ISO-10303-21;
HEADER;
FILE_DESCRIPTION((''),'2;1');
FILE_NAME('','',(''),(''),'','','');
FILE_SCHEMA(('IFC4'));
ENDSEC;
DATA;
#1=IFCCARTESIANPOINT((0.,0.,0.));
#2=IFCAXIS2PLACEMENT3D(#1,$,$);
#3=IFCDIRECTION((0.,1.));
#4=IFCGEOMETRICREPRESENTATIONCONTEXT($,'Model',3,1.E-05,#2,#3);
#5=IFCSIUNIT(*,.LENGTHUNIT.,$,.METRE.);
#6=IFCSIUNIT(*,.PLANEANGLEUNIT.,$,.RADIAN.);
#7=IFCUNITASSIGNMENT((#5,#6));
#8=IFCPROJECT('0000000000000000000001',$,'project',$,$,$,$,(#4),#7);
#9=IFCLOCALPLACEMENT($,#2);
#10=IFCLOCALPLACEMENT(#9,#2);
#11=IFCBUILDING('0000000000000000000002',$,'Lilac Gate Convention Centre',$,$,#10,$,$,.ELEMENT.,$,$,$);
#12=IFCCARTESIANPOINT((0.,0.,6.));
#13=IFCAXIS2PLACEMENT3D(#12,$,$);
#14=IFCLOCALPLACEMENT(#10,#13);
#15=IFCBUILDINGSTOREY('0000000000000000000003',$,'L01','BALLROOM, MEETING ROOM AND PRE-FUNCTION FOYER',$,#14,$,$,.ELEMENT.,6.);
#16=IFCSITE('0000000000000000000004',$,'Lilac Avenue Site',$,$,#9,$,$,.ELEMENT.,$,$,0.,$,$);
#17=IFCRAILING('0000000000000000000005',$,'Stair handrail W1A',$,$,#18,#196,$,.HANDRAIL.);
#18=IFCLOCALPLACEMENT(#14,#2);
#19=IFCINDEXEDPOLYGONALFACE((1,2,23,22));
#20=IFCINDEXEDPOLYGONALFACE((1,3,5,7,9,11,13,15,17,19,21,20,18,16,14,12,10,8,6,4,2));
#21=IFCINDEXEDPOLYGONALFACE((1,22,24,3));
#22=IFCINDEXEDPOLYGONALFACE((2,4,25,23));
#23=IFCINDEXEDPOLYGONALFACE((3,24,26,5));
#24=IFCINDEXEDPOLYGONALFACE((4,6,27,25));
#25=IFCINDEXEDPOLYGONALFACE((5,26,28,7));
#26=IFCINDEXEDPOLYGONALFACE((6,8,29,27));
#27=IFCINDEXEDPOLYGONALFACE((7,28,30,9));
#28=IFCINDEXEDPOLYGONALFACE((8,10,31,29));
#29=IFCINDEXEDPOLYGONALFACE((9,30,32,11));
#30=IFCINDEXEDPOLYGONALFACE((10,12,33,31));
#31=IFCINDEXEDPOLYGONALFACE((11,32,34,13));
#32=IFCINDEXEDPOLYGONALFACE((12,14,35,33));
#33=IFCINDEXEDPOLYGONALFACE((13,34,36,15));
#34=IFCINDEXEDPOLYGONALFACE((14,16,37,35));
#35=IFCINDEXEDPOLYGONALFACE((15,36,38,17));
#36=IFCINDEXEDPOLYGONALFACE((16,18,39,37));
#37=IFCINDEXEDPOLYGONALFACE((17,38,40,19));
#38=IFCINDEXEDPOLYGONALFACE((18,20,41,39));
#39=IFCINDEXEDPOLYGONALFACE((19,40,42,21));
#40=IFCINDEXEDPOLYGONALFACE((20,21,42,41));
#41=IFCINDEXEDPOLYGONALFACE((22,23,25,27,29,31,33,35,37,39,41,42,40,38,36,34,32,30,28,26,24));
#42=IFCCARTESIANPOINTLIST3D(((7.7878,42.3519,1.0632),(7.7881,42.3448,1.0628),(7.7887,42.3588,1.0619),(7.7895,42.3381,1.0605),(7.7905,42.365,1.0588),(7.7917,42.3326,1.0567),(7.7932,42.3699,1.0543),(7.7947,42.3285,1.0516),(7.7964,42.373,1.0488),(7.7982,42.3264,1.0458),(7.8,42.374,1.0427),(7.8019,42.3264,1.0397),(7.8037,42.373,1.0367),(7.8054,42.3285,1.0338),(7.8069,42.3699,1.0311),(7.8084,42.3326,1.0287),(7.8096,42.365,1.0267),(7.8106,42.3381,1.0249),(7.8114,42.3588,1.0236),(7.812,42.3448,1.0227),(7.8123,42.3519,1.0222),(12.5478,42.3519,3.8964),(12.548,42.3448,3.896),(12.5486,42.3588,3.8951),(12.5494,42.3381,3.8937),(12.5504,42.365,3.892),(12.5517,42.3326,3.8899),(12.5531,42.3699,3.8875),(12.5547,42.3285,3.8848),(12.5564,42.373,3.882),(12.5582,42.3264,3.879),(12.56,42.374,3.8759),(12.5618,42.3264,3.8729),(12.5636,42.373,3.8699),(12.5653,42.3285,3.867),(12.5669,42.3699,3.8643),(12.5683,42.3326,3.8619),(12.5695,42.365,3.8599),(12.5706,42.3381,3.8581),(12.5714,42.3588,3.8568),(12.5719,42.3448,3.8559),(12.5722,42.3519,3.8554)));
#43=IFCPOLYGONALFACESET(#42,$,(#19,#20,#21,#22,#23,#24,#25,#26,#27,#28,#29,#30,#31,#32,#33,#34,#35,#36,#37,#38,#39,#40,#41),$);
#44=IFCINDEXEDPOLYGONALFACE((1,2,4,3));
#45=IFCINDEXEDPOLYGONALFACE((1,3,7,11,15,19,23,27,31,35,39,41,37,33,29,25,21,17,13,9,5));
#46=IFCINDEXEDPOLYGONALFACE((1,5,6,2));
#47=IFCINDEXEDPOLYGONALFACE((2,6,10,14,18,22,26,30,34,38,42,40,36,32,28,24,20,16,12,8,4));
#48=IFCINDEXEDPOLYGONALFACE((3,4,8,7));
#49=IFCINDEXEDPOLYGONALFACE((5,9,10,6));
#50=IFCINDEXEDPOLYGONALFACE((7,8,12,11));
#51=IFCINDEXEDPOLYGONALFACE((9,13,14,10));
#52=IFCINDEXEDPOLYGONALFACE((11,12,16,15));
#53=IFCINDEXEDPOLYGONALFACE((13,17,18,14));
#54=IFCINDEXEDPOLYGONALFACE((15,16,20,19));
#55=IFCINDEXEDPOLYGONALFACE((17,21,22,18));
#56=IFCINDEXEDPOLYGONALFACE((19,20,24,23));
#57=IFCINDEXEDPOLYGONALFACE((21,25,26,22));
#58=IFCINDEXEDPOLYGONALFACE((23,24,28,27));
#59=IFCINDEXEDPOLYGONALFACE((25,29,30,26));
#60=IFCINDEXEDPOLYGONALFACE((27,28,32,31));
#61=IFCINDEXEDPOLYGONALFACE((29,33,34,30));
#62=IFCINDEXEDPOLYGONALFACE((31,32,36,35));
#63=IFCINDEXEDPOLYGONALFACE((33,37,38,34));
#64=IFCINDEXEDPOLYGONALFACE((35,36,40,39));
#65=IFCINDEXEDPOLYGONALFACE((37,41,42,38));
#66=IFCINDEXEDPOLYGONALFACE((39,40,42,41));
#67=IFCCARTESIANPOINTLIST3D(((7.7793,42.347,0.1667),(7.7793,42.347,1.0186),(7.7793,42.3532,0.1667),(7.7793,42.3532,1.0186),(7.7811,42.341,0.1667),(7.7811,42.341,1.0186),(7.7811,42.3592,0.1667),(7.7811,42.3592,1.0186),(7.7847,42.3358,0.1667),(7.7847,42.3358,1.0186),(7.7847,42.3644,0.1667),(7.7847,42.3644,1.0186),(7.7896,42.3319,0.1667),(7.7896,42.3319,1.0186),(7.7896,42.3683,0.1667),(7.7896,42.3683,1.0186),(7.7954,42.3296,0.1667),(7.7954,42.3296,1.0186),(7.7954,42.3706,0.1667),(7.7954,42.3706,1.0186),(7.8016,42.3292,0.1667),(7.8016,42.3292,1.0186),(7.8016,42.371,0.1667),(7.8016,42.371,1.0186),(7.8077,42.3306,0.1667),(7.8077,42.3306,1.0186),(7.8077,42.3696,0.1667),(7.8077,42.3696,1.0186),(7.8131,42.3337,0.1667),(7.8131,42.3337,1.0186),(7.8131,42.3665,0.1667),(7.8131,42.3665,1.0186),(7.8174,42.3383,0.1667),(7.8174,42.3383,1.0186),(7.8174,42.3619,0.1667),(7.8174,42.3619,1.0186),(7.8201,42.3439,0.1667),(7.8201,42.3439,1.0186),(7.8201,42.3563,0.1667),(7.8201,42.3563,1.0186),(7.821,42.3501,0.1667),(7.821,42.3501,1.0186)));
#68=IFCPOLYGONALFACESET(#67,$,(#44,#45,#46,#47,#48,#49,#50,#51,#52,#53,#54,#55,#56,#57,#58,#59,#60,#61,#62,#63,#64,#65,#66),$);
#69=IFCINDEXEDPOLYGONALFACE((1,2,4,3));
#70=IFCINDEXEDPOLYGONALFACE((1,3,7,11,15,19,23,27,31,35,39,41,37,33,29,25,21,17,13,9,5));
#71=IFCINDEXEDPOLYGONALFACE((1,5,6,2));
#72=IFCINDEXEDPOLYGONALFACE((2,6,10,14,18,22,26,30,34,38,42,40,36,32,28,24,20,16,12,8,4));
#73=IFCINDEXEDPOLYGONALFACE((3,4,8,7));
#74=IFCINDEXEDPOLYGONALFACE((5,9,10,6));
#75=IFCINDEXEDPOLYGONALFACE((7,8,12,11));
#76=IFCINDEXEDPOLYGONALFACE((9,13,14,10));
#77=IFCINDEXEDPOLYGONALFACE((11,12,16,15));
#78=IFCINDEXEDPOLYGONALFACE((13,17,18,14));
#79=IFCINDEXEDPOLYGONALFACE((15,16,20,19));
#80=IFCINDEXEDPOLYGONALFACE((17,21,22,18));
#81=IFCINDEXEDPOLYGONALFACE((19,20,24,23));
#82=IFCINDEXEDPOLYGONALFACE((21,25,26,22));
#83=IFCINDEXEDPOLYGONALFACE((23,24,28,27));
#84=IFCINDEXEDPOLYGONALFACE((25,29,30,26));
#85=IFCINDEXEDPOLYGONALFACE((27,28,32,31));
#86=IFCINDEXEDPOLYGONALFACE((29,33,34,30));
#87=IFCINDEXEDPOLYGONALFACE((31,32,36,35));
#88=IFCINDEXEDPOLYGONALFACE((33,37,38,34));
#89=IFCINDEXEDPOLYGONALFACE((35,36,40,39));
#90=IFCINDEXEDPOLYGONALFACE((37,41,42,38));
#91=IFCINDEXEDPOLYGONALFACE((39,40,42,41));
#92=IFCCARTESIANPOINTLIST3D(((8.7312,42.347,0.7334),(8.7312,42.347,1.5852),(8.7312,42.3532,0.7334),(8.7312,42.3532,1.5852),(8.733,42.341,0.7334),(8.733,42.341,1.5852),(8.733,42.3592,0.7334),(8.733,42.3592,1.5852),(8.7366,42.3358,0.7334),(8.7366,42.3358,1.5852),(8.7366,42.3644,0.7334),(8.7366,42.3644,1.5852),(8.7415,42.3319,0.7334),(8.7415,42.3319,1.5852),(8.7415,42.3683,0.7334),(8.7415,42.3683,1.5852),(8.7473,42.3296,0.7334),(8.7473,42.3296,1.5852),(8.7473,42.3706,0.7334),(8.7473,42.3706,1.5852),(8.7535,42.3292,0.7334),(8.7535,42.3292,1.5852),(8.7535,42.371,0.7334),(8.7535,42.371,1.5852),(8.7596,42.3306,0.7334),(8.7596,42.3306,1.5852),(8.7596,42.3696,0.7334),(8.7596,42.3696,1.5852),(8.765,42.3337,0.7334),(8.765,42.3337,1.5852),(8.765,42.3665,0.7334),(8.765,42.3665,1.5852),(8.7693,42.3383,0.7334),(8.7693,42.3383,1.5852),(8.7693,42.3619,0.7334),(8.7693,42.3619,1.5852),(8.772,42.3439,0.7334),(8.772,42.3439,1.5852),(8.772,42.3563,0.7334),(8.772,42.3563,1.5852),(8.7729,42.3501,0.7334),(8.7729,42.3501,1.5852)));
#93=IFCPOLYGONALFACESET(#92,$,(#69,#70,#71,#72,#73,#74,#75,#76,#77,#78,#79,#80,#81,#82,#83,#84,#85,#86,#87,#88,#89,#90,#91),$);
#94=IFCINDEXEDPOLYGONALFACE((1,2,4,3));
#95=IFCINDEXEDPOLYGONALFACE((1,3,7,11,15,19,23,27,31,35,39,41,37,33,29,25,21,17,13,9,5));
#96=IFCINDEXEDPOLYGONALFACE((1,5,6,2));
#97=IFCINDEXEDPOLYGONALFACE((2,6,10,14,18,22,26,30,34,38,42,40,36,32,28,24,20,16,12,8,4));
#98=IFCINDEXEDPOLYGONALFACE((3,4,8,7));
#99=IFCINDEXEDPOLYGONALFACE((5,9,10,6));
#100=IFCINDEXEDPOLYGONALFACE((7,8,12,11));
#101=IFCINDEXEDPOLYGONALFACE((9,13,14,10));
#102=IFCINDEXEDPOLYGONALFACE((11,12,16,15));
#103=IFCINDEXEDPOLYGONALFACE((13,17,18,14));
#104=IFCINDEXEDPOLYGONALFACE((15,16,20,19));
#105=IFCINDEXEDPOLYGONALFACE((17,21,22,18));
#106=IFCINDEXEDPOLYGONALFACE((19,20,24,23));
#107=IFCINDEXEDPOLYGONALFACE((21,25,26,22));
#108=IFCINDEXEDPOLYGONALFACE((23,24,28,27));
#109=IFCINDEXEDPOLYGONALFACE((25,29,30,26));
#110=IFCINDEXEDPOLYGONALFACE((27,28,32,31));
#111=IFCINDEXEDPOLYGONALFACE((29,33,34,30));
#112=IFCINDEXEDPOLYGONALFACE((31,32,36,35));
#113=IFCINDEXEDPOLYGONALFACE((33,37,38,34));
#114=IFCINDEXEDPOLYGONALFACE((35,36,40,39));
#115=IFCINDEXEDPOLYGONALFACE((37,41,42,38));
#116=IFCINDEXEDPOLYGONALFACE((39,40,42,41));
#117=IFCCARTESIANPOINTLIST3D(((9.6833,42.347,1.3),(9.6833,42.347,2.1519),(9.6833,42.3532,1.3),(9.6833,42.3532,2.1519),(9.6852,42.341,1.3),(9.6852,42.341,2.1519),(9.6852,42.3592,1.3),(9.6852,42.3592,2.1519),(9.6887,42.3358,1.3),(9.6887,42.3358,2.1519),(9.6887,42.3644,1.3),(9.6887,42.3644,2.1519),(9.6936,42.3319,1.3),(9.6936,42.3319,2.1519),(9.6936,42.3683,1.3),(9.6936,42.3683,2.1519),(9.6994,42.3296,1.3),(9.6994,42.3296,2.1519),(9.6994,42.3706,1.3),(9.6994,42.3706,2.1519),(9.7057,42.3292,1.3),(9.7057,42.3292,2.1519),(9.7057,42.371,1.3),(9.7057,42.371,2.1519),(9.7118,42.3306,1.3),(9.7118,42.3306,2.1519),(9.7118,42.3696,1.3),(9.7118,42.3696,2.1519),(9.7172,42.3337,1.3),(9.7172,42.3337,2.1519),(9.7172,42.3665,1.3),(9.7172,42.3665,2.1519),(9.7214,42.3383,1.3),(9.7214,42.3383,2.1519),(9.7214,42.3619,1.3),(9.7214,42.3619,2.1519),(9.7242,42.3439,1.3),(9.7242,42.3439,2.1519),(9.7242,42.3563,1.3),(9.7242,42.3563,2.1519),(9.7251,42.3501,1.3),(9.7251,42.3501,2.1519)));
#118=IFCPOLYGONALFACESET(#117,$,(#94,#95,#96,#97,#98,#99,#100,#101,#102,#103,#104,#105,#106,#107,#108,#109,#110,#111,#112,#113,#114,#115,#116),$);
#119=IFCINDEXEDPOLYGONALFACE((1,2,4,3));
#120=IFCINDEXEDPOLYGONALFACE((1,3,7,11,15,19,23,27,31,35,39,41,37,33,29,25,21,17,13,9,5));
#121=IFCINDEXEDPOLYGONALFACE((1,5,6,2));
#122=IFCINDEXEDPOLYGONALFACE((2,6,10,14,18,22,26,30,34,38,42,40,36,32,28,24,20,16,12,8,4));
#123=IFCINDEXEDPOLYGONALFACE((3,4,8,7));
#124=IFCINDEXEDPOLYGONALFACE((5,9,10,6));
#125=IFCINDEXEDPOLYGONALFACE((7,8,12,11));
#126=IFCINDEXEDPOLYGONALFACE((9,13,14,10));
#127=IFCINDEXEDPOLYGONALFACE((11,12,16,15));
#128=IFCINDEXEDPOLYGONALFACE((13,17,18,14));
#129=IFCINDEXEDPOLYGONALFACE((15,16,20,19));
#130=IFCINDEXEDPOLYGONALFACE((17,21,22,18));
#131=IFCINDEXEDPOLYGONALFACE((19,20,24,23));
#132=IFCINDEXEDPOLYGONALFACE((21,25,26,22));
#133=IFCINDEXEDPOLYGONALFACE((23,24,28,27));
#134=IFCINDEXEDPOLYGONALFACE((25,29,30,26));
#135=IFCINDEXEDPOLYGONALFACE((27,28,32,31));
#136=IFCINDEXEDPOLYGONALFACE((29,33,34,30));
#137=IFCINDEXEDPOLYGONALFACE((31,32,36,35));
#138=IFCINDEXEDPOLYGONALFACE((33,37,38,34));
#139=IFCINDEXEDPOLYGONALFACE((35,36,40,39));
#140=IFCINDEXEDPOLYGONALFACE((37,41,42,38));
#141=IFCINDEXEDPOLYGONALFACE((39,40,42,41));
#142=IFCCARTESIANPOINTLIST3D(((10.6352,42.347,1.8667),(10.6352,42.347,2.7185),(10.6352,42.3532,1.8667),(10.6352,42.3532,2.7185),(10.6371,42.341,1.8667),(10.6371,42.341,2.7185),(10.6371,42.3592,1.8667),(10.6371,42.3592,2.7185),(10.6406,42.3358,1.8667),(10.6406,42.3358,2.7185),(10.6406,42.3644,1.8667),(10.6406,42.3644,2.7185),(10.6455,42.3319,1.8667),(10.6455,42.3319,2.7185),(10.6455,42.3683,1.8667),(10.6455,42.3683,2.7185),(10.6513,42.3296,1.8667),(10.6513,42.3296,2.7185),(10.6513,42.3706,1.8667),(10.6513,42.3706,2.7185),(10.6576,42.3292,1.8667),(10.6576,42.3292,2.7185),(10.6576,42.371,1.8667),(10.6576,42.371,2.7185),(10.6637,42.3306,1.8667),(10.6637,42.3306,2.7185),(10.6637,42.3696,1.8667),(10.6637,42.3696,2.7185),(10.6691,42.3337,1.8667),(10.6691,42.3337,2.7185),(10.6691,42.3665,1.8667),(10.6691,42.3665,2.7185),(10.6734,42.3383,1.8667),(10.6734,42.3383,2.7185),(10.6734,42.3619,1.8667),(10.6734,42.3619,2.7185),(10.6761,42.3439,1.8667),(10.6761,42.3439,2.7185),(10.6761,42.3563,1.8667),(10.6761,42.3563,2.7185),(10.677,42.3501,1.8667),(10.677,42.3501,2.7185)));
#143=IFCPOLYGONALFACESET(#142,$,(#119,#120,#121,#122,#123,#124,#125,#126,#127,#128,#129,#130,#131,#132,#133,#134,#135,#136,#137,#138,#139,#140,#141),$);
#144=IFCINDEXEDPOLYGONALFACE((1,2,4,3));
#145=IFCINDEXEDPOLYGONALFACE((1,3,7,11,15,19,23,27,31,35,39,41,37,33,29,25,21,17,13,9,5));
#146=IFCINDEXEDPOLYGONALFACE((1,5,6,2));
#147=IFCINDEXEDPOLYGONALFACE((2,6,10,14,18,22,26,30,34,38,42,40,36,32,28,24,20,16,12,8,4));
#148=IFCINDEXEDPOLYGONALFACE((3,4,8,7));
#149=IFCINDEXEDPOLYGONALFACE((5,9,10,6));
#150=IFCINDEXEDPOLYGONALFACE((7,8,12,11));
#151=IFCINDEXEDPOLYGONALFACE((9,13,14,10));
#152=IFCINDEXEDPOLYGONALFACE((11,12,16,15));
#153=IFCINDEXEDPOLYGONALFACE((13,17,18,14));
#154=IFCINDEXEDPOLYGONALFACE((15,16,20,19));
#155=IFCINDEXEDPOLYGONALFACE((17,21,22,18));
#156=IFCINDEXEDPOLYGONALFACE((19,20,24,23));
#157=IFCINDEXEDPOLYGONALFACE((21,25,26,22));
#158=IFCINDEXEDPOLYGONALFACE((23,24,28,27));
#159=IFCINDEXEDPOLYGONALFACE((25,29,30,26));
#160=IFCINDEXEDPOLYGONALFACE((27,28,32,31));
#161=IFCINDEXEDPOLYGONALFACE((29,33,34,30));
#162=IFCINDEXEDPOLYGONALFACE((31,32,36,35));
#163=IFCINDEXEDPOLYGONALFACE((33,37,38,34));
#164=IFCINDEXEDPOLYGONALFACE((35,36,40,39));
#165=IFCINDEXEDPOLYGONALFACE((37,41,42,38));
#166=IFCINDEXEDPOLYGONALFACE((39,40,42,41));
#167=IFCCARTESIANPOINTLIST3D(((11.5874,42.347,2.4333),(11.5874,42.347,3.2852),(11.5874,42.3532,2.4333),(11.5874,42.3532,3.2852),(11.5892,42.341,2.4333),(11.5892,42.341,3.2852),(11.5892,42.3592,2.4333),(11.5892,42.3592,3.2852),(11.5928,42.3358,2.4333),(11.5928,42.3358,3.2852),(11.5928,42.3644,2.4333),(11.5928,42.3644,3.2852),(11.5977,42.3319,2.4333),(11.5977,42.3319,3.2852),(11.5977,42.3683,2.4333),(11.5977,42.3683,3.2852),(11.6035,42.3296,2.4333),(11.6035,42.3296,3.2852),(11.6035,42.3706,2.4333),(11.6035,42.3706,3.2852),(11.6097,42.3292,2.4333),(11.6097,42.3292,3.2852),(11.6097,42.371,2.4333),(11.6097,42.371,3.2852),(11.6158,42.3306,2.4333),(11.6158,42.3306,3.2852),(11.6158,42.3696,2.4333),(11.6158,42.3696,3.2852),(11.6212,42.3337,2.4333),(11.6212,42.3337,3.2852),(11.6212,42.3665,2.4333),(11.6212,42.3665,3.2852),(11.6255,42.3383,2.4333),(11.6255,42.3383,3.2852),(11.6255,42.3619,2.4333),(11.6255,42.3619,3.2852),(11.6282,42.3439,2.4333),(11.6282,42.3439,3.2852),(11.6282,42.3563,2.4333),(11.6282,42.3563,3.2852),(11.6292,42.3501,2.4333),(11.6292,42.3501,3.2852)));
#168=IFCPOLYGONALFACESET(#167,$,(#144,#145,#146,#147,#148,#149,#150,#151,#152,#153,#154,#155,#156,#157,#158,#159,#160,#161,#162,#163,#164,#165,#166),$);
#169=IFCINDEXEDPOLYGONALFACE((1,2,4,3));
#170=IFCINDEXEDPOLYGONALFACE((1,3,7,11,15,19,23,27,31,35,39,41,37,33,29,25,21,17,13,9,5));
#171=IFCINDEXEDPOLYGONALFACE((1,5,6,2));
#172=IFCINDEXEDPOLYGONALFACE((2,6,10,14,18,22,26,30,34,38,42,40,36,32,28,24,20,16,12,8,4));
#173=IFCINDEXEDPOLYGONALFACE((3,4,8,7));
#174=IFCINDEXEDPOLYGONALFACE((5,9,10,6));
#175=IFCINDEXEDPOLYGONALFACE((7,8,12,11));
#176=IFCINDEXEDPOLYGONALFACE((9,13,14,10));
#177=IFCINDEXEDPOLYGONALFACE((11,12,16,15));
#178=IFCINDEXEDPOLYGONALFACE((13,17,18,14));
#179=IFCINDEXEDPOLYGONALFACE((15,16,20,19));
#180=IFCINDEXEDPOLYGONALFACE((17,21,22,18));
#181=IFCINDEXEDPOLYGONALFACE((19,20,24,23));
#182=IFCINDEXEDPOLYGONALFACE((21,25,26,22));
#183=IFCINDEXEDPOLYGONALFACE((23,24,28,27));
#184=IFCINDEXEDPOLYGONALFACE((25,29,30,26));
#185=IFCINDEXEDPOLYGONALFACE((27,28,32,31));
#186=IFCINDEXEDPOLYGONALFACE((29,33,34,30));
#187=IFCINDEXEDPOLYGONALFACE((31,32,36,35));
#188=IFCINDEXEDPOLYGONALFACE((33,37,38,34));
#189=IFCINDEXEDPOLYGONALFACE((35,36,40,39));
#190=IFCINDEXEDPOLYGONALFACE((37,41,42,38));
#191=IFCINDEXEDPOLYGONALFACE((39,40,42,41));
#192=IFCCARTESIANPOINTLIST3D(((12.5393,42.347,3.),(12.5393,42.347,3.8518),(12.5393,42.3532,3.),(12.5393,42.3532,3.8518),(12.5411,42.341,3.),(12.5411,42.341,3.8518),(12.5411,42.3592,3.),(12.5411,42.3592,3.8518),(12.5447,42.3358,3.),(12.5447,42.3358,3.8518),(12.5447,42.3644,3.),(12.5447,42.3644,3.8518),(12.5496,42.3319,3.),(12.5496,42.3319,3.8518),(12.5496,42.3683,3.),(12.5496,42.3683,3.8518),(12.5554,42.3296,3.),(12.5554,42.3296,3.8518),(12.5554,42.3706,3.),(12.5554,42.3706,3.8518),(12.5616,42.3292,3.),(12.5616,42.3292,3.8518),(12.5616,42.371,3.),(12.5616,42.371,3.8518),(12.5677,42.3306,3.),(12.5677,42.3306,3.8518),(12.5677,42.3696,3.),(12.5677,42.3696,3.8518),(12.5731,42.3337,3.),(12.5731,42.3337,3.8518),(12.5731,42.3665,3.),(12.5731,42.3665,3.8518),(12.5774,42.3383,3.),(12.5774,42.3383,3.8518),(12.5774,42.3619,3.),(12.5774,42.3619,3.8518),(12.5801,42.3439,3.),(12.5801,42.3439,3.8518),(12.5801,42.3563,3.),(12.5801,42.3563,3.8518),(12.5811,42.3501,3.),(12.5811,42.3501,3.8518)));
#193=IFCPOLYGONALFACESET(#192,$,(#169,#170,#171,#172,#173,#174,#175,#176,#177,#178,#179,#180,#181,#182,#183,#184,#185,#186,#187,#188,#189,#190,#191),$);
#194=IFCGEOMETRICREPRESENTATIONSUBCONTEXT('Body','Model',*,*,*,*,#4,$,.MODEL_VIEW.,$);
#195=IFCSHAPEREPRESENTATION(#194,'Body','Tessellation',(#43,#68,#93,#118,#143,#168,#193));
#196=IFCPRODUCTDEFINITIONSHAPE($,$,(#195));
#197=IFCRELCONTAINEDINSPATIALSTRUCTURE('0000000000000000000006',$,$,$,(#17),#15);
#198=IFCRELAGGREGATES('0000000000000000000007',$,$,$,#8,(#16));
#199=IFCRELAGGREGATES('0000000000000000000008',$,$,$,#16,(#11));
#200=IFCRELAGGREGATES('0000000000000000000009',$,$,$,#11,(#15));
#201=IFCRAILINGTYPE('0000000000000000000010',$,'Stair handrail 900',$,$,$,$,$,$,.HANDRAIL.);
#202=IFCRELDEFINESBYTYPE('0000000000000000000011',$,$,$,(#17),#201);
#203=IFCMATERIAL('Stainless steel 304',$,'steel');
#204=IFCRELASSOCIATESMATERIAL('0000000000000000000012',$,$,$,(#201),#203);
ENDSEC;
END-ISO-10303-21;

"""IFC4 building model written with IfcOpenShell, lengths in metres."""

from ifc_helpers import new_model, si_unit, direction, frame, origin, origin_2d, place, context, subcontext, project, spatial, circle, extrude, material, type_object, element, save


model = new_model("IFC4")

# Units and contexts
model_context = context("Model", 3, precision=1e-05, world=origin(), true_north=direction((0.0, 1.0)))
body_context = subcontext(model_context, "Body", "Model", "MODEL_VIEW")
ifc_project = project(units=[si_unit("LENGTHUNIT", "METRE"), si_unit("PLANEANGLEUNIT", "RADIAN")], contexts=[model_context])

# Site, building, storey
site_placement = place(None, origin())
site = spatial("IfcSite", under=ifc_project, at=site_placement, Name="Lilac Avenue Site", CompositionType="ELEMENT", RefElevation=0.0)
building_placement = place(site_placement, origin())
building = spatial("IfcBuilding", under=site, at=building_placement, Name="Lilac Gate Convention Centre", CompositionType="ELEMENT")
storey_placement = place(building_placement, frame((0.0, 0.0, 6.0)))
storey = spatial("IfcBuildingStorey", under=building, at=storey_placement, Name="L01", Description="BALLROOM, MEETING ROOM AND PRE-FUNCTION FOYER", CompositionType="ELEMENT", Elevation=6.0)

# Railing
ifc_material_1 = material(Name="Stainless steel 304", Category="steel")
railing_type = type_object("IfcRailingType", Name="Stair handrail 900", PredefinedType="HANDRAIL", material=ifc_material_1)
for number, where, name in (
    (1, (7.8, 42.3501, 0.1667), "Stair handrail W1A"),
):
    element("IfcRailing", number, at=place(storey_placement, frame(where)), inside=storey, type_object=railing_type, Name=name, PredefinedType="HANDRAIL", context=body_context, shape_type="SweptSolid", body=[
        extrude(circle(Radius=0.0239, at=origin_2d()), frame((0.0, 0.0, 0.876), z_axis=(0.8593, 0.0, 0.511472), x_axis=(0.0, 1.0, 0.0)), (0.0, 0.0, 1.0), 5.5393),
        extrude(circle(Radius=0.021, at=origin_2d()), origin(), (0.0, 0.0, 1.0), 0.8518),
        extrude(circle(Radius=0.021, at=origin_2d()), frame((0.9519, 0.0, 0.5667)), (0.0, 0.0, 1.0), 0.8518),
        extrude(circle(Radius=0.021, at=origin_2d()), frame((1.9041, 0.0, 1.1333)), (0.0, 0.0, 1.0), 0.8518),
        extrude(circle(Radius=0.021, at=origin_2d()), frame((2.856, 0.0, 1.7)), (0.0, 0.0, 1.0), 0.8518),
        extrude(circle(Radius=0.021, at=origin_2d()), frame((3.8081, 0.0, 2.2666)), (0.0, 0.0, 1.0), 0.8518),
        extrude(circle(Radius=0.021, at=origin_2d()), frame((4.76, 0.0, 2.8333)), (0.0, 0.0, 1.0), 0.8518),
    ])

save(model, "model.ifc")
